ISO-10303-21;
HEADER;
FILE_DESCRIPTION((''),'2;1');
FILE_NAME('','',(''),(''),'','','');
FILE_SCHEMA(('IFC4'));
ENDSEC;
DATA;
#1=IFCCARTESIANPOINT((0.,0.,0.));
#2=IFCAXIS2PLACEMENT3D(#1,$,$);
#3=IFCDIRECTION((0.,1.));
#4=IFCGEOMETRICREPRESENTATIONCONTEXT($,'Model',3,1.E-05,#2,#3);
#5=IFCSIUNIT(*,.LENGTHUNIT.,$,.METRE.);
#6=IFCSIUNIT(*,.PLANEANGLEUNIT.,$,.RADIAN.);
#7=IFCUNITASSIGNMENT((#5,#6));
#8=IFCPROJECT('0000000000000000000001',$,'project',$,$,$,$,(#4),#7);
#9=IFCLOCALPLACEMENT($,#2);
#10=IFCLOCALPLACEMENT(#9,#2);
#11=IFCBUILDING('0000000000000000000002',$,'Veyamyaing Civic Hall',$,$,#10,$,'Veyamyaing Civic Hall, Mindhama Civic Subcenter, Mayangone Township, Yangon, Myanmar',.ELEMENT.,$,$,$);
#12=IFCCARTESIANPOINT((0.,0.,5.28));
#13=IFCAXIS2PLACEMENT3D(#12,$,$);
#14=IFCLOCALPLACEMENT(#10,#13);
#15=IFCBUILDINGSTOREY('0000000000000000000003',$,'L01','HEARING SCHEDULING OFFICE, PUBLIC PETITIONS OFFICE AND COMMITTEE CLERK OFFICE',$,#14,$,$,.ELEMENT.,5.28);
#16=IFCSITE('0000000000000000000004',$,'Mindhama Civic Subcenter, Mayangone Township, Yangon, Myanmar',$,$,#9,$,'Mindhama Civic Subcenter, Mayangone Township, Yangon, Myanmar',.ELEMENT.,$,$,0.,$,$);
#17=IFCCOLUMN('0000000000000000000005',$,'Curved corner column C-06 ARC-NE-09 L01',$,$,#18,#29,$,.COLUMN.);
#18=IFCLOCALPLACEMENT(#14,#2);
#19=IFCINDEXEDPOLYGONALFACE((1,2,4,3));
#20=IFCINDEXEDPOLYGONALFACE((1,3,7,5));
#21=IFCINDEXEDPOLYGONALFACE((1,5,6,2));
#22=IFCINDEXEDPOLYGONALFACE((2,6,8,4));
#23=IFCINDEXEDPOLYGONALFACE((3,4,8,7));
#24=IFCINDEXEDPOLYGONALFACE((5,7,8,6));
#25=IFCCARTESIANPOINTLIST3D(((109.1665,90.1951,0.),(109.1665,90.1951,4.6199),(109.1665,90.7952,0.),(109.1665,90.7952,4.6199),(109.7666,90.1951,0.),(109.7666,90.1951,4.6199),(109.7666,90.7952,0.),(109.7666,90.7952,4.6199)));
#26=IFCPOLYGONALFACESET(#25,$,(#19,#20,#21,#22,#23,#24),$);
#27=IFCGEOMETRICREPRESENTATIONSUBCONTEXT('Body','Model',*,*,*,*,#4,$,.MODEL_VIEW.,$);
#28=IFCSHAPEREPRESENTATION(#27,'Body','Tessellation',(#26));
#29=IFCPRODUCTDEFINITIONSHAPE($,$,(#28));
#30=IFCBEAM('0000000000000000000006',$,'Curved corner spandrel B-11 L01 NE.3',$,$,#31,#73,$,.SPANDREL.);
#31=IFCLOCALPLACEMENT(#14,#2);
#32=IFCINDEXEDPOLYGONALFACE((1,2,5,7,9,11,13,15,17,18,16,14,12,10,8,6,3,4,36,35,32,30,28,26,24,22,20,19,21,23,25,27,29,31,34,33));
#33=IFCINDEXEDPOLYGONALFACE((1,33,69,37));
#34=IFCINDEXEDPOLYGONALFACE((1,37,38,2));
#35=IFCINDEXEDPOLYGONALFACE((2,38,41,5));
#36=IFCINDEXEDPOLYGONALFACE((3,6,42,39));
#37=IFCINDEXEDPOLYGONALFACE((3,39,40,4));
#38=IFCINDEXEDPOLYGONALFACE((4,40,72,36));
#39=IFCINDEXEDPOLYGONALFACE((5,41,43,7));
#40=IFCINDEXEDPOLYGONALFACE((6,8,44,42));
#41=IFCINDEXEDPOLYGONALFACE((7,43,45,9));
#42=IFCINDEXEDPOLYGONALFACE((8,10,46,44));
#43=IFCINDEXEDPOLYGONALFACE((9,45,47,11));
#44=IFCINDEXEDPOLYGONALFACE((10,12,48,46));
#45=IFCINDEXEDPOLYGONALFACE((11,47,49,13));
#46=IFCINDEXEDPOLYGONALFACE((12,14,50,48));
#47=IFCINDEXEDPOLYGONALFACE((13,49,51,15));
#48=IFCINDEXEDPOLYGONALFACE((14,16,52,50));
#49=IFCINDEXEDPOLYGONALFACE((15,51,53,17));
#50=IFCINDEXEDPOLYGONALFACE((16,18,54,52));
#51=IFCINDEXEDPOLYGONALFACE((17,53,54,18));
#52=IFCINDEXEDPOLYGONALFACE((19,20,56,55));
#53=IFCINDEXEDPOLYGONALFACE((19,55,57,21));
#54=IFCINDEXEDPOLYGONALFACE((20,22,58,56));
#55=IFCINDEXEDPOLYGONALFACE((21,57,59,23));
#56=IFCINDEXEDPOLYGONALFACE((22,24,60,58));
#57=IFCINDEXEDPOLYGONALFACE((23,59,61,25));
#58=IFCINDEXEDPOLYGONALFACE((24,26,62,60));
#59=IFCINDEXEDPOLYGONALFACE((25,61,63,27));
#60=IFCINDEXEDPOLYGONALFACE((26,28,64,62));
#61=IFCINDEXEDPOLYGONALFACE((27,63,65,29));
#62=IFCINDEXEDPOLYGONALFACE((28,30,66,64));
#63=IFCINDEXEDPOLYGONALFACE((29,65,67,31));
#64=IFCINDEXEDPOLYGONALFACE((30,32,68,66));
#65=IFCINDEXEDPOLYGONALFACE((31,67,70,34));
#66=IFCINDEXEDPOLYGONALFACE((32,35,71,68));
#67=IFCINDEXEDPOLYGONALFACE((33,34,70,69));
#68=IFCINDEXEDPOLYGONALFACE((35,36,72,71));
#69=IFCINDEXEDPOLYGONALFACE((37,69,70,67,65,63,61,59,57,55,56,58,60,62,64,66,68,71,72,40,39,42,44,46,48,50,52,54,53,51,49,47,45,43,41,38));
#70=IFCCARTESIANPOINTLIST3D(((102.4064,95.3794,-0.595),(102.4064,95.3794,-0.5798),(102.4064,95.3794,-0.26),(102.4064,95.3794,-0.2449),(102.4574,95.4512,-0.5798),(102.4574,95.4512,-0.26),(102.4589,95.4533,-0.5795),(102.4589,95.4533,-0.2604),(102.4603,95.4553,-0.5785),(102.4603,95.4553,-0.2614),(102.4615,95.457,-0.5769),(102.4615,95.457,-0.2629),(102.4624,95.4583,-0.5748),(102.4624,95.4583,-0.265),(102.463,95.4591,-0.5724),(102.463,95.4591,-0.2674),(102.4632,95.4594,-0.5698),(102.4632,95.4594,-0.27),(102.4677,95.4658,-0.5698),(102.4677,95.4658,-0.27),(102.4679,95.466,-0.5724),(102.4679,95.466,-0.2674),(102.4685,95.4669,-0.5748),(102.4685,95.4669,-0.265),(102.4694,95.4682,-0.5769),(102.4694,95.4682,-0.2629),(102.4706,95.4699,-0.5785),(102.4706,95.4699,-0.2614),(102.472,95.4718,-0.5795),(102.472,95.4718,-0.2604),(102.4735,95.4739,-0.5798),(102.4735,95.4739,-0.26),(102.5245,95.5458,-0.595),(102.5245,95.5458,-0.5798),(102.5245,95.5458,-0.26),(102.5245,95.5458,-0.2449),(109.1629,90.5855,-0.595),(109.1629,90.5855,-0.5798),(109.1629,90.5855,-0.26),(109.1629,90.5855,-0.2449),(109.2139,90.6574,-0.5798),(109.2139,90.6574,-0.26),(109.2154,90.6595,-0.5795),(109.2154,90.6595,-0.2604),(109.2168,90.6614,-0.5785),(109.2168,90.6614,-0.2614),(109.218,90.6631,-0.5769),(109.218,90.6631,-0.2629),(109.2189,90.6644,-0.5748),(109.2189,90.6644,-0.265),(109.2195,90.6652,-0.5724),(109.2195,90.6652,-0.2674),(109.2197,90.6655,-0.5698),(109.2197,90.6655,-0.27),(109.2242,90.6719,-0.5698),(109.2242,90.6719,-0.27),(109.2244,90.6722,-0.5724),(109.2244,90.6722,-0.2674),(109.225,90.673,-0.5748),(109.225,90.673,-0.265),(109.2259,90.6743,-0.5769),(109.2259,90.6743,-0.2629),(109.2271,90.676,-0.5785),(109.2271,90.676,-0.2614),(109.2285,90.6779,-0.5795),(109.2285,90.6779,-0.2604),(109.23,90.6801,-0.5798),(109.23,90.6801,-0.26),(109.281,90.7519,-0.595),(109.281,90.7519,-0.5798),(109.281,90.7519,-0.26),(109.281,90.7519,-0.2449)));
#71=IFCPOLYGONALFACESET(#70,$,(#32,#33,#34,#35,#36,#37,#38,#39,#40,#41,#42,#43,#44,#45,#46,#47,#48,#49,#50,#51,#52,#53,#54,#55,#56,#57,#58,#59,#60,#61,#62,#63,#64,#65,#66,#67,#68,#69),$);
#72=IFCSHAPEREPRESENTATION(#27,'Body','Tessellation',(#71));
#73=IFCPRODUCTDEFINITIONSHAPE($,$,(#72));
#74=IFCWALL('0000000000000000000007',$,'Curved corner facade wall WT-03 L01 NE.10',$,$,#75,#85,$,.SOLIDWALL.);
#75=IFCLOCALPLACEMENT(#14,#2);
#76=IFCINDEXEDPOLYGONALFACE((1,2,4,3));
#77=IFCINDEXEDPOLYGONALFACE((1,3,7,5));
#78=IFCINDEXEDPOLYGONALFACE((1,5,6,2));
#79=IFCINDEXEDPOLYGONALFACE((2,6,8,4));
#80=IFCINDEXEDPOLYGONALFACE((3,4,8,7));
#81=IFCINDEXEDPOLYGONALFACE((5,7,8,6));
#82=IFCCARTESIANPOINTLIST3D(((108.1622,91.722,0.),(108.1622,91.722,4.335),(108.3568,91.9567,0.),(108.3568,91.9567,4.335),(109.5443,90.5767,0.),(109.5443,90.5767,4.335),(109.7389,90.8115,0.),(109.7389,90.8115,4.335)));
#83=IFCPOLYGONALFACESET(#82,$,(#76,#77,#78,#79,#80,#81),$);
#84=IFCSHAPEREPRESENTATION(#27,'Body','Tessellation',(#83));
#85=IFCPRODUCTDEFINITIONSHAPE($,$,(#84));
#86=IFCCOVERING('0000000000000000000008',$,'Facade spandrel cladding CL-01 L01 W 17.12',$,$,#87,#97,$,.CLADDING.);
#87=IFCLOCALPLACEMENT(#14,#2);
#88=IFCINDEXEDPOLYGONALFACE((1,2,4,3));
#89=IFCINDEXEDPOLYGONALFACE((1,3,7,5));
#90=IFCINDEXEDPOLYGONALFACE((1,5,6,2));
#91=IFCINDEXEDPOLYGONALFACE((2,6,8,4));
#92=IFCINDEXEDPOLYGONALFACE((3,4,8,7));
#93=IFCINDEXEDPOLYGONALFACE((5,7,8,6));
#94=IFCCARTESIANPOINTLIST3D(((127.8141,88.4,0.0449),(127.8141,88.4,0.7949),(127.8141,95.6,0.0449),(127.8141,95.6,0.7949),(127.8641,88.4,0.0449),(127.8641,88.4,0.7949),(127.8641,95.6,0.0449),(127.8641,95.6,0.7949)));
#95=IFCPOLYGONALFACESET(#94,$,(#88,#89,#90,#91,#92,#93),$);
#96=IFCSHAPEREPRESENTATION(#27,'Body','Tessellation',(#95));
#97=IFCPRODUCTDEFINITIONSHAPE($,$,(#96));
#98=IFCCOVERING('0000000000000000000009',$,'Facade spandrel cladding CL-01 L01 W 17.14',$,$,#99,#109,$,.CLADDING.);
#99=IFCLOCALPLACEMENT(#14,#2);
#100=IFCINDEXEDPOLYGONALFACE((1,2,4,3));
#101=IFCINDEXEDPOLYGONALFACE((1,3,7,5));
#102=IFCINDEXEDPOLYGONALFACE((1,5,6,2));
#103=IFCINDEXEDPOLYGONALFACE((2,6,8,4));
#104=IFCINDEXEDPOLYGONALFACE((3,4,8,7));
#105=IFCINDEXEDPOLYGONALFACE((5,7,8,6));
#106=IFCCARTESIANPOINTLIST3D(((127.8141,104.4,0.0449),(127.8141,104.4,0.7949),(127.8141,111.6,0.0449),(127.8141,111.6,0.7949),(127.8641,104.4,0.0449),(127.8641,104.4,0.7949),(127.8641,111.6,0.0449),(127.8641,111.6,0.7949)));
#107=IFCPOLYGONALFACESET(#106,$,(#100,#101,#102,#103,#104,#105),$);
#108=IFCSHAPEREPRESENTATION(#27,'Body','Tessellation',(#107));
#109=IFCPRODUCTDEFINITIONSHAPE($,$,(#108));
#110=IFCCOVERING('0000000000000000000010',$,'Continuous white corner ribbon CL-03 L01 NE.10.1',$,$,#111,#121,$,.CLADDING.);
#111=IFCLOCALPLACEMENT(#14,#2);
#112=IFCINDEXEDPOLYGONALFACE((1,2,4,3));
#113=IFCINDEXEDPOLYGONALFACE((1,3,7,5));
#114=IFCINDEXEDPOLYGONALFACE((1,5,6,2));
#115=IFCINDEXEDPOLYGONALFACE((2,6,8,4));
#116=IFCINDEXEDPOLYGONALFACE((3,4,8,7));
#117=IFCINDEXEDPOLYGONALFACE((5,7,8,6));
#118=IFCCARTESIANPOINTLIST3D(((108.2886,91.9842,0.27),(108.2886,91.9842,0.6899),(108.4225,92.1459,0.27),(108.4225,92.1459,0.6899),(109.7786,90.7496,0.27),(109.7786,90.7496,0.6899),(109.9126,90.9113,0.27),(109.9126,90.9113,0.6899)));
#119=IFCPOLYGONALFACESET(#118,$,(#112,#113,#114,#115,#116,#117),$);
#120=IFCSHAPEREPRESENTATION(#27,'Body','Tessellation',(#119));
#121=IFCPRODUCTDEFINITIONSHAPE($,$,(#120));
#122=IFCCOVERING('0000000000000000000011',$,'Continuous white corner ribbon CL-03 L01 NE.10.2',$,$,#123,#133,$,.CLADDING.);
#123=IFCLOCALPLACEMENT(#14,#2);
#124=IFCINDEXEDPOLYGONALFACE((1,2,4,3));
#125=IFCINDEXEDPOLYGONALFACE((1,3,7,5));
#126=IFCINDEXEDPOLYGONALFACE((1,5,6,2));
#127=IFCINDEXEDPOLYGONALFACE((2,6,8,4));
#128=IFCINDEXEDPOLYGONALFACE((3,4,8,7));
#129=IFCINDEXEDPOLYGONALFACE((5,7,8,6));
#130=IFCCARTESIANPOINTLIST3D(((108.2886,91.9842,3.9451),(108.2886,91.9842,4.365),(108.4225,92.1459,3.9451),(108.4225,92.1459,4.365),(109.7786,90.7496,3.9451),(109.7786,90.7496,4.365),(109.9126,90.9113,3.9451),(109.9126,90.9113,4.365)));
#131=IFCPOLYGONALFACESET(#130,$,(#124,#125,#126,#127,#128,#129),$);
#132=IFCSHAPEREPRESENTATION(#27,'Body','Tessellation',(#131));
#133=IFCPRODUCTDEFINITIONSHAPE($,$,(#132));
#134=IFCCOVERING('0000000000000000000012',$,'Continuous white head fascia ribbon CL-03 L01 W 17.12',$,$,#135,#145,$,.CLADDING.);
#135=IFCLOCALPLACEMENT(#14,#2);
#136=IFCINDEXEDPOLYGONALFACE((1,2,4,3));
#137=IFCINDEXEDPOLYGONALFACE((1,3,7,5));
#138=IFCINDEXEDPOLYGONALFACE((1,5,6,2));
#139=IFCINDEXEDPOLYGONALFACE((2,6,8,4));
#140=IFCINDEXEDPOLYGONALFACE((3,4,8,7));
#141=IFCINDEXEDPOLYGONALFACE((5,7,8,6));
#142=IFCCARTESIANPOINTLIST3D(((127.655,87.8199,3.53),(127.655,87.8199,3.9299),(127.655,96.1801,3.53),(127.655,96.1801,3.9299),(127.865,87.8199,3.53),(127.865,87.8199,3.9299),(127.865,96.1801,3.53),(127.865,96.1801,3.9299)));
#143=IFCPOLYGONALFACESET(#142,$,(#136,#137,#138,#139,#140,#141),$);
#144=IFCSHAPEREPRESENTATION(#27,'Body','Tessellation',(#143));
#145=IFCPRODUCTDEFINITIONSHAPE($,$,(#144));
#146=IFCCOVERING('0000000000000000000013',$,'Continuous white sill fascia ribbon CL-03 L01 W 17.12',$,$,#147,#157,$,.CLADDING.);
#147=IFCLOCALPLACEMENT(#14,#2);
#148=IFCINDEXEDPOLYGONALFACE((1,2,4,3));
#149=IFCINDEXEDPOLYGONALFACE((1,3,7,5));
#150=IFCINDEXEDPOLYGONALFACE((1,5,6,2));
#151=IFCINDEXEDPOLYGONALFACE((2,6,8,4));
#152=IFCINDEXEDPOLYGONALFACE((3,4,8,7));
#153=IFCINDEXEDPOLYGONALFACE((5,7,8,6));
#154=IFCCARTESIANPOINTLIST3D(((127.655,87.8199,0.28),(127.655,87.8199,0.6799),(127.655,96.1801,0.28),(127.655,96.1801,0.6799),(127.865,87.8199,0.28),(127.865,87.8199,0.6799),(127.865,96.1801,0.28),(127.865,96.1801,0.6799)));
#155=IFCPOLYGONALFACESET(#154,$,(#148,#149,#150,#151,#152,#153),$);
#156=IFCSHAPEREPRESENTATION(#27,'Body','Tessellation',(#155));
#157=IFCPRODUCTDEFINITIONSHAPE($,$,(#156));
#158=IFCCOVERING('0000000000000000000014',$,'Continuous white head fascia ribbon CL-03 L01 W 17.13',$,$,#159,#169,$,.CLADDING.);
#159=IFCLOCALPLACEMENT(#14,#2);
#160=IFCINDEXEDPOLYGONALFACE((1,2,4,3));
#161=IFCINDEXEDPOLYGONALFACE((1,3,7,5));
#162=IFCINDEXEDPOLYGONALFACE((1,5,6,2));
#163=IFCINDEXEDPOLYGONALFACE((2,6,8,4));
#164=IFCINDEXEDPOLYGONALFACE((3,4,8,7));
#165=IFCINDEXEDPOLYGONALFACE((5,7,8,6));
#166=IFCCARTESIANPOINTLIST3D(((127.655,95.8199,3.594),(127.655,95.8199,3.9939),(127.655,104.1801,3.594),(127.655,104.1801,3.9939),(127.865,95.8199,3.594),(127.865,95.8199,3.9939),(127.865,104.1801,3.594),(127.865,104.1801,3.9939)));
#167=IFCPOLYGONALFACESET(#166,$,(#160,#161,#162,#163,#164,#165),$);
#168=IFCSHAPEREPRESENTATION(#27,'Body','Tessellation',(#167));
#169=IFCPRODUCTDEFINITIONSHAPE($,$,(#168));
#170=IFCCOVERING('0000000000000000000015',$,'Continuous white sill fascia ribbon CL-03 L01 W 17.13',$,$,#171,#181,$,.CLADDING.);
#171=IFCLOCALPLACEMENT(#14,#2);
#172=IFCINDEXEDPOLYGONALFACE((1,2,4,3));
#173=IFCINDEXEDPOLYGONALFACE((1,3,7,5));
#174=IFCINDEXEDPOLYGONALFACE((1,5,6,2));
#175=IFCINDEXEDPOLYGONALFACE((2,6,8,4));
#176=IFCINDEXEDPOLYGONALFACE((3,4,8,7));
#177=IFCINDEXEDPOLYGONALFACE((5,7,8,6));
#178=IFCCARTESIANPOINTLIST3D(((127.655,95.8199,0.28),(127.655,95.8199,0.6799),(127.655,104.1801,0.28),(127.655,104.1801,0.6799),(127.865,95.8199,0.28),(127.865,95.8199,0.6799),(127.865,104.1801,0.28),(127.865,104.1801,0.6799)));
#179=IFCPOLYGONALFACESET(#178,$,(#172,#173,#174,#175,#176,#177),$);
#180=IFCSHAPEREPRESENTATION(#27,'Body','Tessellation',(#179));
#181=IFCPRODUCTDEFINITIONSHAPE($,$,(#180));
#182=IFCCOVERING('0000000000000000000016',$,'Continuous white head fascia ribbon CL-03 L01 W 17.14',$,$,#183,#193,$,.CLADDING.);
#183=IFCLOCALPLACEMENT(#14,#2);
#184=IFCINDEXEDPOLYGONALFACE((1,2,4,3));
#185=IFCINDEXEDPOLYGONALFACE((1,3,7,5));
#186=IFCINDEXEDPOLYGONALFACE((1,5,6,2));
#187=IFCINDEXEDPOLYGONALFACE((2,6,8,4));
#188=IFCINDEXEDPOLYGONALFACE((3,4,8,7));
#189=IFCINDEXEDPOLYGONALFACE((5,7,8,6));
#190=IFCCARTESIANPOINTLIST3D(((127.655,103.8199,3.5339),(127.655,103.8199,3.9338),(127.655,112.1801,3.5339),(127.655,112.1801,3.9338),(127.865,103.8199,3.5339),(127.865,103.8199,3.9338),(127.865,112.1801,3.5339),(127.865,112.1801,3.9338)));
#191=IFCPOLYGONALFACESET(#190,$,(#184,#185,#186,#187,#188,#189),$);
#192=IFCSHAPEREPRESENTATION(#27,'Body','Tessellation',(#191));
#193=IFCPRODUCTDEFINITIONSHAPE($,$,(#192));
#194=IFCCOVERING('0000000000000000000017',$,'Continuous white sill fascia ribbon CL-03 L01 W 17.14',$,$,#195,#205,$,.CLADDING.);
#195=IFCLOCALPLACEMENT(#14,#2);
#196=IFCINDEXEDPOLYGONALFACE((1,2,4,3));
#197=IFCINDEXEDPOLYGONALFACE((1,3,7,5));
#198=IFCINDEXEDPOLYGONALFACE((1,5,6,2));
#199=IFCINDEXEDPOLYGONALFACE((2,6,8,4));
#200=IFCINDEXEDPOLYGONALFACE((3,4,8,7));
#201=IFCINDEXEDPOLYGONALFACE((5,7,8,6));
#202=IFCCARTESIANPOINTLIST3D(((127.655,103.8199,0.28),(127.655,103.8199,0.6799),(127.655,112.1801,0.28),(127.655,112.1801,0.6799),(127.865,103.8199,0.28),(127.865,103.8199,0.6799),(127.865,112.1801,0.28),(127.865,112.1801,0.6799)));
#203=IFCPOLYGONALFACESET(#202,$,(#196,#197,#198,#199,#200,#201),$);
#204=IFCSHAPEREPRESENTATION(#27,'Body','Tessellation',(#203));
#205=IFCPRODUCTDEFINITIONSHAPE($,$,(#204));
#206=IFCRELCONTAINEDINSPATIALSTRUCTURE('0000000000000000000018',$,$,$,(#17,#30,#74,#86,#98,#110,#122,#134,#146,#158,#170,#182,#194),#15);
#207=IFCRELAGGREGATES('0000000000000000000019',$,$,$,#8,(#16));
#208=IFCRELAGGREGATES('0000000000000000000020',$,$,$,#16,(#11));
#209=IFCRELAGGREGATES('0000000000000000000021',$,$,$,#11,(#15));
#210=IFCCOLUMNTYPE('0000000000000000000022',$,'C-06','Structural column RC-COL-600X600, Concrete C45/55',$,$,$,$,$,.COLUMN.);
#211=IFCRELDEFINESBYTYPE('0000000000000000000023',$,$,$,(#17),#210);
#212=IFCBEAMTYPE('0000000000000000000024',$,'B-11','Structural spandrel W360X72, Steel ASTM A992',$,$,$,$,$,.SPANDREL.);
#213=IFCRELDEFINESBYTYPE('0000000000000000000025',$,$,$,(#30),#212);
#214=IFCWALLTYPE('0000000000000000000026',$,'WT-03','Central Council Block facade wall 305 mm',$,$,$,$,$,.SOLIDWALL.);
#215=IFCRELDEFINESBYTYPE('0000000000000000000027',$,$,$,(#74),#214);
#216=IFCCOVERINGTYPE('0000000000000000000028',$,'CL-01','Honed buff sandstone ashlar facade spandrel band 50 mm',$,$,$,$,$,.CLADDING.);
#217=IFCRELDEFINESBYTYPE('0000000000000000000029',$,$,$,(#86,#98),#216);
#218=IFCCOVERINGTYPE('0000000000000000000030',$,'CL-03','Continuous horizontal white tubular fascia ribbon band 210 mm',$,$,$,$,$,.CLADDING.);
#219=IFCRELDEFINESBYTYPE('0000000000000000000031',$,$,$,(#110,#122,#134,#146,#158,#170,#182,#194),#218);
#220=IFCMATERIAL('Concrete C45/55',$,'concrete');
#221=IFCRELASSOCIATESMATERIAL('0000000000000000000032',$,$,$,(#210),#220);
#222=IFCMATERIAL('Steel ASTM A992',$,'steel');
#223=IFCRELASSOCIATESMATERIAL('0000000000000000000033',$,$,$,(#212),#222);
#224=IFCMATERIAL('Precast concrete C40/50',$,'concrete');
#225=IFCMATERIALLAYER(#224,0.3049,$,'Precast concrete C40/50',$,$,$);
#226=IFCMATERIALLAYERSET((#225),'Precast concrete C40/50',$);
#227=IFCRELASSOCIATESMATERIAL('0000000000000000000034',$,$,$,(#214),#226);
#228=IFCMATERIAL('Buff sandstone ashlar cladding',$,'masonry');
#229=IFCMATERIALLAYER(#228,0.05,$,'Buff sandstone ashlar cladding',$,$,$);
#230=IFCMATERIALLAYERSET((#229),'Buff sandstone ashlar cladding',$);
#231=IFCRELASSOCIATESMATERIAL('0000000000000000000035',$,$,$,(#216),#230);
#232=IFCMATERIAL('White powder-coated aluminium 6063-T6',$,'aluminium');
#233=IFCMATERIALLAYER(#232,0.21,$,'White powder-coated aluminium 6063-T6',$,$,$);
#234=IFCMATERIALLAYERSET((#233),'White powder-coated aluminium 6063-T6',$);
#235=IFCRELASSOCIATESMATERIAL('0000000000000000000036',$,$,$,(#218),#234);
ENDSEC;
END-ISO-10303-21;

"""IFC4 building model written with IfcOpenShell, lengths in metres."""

from ifc_helpers import new_model, si_unit, direction, frame, frame_2d, origin, origin_2d, place, context, subcontext, project, spatial, rectangle, i_section, extrude, material, layer, layer_set, material_profile, profile_set, type_object, element, save


model = new_model("IFC4")

# Units and contexts
model_context = context("Model", 3, precision=1e-05, world=origin(), true_north=direction((0.0, 1.0)))
body_context = subcontext(model_context, "Body", "Model", "MODEL_VIEW")
ifc_project = project(units=[si_unit("LENGTHUNIT", "METRE"), si_unit("PLANEANGLEUNIT", "RADIAN")], contexts=[model_context])

# Site, building, storey
site_placement = place(None, origin())
site = spatial("IfcSite", under=ifc_project, at=site_placement, Name="Mindhama Civic Subcenter, Mayangone Township, Yangon, Myanmar", LongName="Mindhama Civic Subcenter, Mayangone Township, Yangon, Myanmar", CompositionType="ELEMENT", RefElevation=0.0)
building_placement = place(site_placement, origin())
building = spatial("IfcBuilding", under=site, at=building_placement, Name="Veyamyaing Civic Hall", LongName="Veyamyaing Civic Hall, Mindhama Civic Subcenter, Mayangone Township, Yangon, Myanmar", CompositionType="ELEMENT")
storey_placement = place(building_placement, frame((0.0, 0.0, 5.28)))
storey = spatial("IfcBuildingStorey", under=building, at=storey_placement, Name="L01", Description="HEARING SCHEDULING OFFICE, PUBLIC PETITIONS OFFICE AND COMMITTEE CLERK OFFICE", CompositionType="ELEMENT", Elevation=5.28)

# Column
ifc_material_1 = material(Name="Concrete C45/55", Category="concrete")
ifc_material_profile_1 = material_profile(ifc_material_1, rectangle(XDim=0.6001, YDim=0.6001, at=origin_2d()), Name="RC-COL-600X600")
ifc_profile_set_1 = profile_set([ifc_material_profile_1], Name="Concrete C45/55")
column_type = type_object("IfcColumnType", Name="C-06", Description="Structural column RC-COL-600X600, Concrete C45/55", PredefinedType="COLUMN", material=ifc_profile_set_1)
column_placement = place(storey_placement, frame((109.4666, 90.4951, 0.0), z_axis=(0.0, 0.0, 1.0), x_axis=(1.0, 0.0, 0.0)))
element("IfcColumn", 1, at=column_placement, inside=storey, type_object=column_type, Name="Curved corner column C-06 ARC-NE-09 L01", PredefinedType="COLUMN", context=body_context, shape_type="SweptSolid", body=[
    extrude(rectangle(XDim=0.6001, YDim=0.6001, at=origin_2d()), origin(), (0.0, 0.0, 1.0), 4.6199),
])

# Beam
ifc_material_2 = material(Name="Steel ASTM A992", Category="steel")
ifc_material_profile_2 = material_profile(ifc_material_2, i_section(OverallWidth=0.2041, OverallDepth=0.3501, WebThickness=0.0078, FlangeThickness=0.0151, FilletRadius=0.01, at=origin_2d()), Name="W360X72")
ifc_profile_set_2 = profile_set([ifc_material_profile_2], Name="Steel ASTM A992")
beam_type = type_object("IfcBeamType", Name="B-11", Description="Structural spandrel W360X72, Steel ASTM A992", PredefinedType="SPANDREL", material=ifc_profile_set_2)
beam_placement = place(storey_placement, frame((109.2219, 90.6687, -0.4199), z_axis=(-0.815567, 0.578662, 0.0), x_axis=(-0.578662, -0.815567, 0.0)))
element("IfcBeam", 2, at=beam_placement, inside=storey, type_object=beam_type, Name="Curved corner spandrel B-11 L01 NE.3", PredefinedType="SPANDREL", context=body_context, shape_type="SweptSolid", body=[
    extrude(i_section(OverallWidth=0.2041, OverallDepth=0.3501, WebThickness=0.0078, FlangeThickness=0.0151, FilletRadius=0.01, at=origin_2d()), origin(), (0.0, 0.0, 1.0), 8.2844),
])

# Wall
ifc_material_3 = material(Name="Precast concrete C40/50", Category="concrete")
ifc_layer_1 = layer(ifc_material_3, 0.3049, Name="Precast concrete C40/50")
ifc_layer_set_1 = layer_set([ifc_layer_1], Name="Precast concrete C40/50")
wall_type = type_object("IfcWallType", Name="WT-03", Description="Central Council Block facade wall 305 mm", PredefinedType="SOLIDWALL", material=ifc_layer_set_1)
wall_placement = place(storey_placement, frame((109.6416, 90.6941, 0.0), z_axis=(0.0, 0.0, 1.0), x_axis=(-0.769991, 0.638055, 0.0)))
element("IfcWall", 3, at=wall_placement, inside=storey, type_object=wall_type, Name="Curved corner facade wall WT-03 L01 NE.10", PredefinedType="SOLIDWALL", context=body_context, shape_type="SweptSolid", body=[
    extrude(rectangle(XDim=1.7949, YDim=0.3049, at=frame_2d((0.8975, 0.0))), origin(), (0.0, 0.0, 1.0), 4.335),
])

# Coverings
ifc_material_4 = material(Name="Buff sandstone ashlar cladding", Category="masonry")
ifc_layer_2 = layer(ifc_material_4, 0.05, Name="Buff sandstone ashlar cladding")
ifc_layer_set_2 = layer_set([ifc_layer_2], Name="Buff sandstone ashlar cladding")
covering_type_1 = type_object("IfcCoveringType", Name="CL-01", Description="Honed buff sandstone ashlar facade spandrel band 50 mm", PredefinedType="CLADDING", material=ifc_layer_set_2)
for number, where, z_axis, x_axis, name in (
    (4, (127.8391, 92.0, 0.0449), (0.0, 0.0, 1.0), (0.0, 1.0, 0.0), "Facade spandrel cladding CL-01 L01 W 17.12"),
    (5, (127.8391, 108.0, 0.0449), (0.0, 0.0, 1.0), (0.0, 1.0, 0.0), "Facade spandrel cladding CL-01 L01 W 17.14"),
):
    element("IfcCovering", number, at=place(storey_placement, frame(where, z_axis=z_axis, x_axis=x_axis)), inside=storey, type_object=covering_type_1, Name=name, PredefinedType="CLADDING", context=body_context, shape_type="SweptSolid", body=[
        extrude(rectangle(XDim=7.2, YDim=0.05, at=origin_2d()), origin(), (0.0, 0.0, 1.0), 0.75),
    ])
ifc_material_5 = material(Name="White powder-coated aluminium 6063-T6", Category="aluminium")
ifc_layer_3 = layer(ifc_material_5, 0.21, Name="White powder-coated aluminium 6063-T6")
ifc_layer_set_3 = layer_set([ifc_layer_3], Name="White powder-coated aluminium 6063-T6")
covering_type_2 = type_object("IfcCoveringType", Name="CL-03", Description="Continuous horizontal white tubular fascia ribbon band 210 mm", PredefinedType="CLADDING", material=ifc_layer_set_3)
for number, where, z_axis, x_axis, name in (
    (6, (109.1006, 91.4478, 0.27), (0.0, 0.0, 1.0), (-0.770036, 0.638, 0.0), "Continuous white corner ribbon CL-03 L01 NE.10.1"),
    (7, (109.1006, 91.4478, 3.9451), (0.0, 0.0, 1.0), (-0.770036, 0.638, 0.0), "Continuous white corner ribbon CL-03 L01 NE.10.2"),
):
    element("IfcCovering", number, at=place(storey_placement, frame(where, z_axis=z_axis, x_axis=x_axis)), inside=storey, type_object=covering_type_2, Name=name, PredefinedType="CLADDING", context=body_context, shape_type="SweptSolid", body=[
        extrude(rectangle(XDim=1.9351, YDim=0.21, at=origin_2d()), origin(), (0.0, 0.0, 1.0), 0.4199),
    ])
for number, where, z_axis, x_axis, name in (
    (8, (127.76, 92.0, 3.53), (0.0, 0.0, 1.0), (0.0, 1.0, 0.0), "Continuous white head fascia ribbon CL-03 L01 W 17.12"),
    (9, (127.76, 92.0, 0.28), (0.0, 0.0, 1.0), (0.0, 1.0, 0.0), "Continuous white sill fascia ribbon CL-03 L01 W 17.12"),
    (10, (127.76, 100.0, 3.594), (0.0, 0.0, 1.0), (0.0, 1.0, 0.0), "Continuous white head fascia ribbon CL-03 L01 W 17.13"),
    (11, (127.76, 100.0, 0.28), (0.0, 0.0, 1.0), (0.0, 1.0, 0.0), "Continuous white sill fascia ribbon CL-03 L01 W 17.13"),
    (12, (127.76, 108.0, 3.5339), (0.0, 0.0, 1.0), (0.0, 1.0, 0.0), "Continuous white head fascia ribbon CL-03 L01 W 17.14"),
    (13, (127.76, 108.0, 0.28), (0.0, 0.0, 1.0), (0.0, 1.0, 0.0), "Continuous white sill fascia ribbon CL-03 L01 W 17.14"),
):
    element("IfcCovering", number, at=place(storey_placement, frame(where, z_axis=z_axis, x_axis=x_axis)), inside=storey, type_object=covering_type_2, Name=name, PredefinedType="CLADDING", context=body_context, shape_type="SweptSolid", body=[
        extrude(rectangle(XDim=8.3601, YDim=0.21, at=origin_2d()), origin(), (0.0, 0.0, 1.0), 0.3999),
    ])

save(model, "model.ifc")
